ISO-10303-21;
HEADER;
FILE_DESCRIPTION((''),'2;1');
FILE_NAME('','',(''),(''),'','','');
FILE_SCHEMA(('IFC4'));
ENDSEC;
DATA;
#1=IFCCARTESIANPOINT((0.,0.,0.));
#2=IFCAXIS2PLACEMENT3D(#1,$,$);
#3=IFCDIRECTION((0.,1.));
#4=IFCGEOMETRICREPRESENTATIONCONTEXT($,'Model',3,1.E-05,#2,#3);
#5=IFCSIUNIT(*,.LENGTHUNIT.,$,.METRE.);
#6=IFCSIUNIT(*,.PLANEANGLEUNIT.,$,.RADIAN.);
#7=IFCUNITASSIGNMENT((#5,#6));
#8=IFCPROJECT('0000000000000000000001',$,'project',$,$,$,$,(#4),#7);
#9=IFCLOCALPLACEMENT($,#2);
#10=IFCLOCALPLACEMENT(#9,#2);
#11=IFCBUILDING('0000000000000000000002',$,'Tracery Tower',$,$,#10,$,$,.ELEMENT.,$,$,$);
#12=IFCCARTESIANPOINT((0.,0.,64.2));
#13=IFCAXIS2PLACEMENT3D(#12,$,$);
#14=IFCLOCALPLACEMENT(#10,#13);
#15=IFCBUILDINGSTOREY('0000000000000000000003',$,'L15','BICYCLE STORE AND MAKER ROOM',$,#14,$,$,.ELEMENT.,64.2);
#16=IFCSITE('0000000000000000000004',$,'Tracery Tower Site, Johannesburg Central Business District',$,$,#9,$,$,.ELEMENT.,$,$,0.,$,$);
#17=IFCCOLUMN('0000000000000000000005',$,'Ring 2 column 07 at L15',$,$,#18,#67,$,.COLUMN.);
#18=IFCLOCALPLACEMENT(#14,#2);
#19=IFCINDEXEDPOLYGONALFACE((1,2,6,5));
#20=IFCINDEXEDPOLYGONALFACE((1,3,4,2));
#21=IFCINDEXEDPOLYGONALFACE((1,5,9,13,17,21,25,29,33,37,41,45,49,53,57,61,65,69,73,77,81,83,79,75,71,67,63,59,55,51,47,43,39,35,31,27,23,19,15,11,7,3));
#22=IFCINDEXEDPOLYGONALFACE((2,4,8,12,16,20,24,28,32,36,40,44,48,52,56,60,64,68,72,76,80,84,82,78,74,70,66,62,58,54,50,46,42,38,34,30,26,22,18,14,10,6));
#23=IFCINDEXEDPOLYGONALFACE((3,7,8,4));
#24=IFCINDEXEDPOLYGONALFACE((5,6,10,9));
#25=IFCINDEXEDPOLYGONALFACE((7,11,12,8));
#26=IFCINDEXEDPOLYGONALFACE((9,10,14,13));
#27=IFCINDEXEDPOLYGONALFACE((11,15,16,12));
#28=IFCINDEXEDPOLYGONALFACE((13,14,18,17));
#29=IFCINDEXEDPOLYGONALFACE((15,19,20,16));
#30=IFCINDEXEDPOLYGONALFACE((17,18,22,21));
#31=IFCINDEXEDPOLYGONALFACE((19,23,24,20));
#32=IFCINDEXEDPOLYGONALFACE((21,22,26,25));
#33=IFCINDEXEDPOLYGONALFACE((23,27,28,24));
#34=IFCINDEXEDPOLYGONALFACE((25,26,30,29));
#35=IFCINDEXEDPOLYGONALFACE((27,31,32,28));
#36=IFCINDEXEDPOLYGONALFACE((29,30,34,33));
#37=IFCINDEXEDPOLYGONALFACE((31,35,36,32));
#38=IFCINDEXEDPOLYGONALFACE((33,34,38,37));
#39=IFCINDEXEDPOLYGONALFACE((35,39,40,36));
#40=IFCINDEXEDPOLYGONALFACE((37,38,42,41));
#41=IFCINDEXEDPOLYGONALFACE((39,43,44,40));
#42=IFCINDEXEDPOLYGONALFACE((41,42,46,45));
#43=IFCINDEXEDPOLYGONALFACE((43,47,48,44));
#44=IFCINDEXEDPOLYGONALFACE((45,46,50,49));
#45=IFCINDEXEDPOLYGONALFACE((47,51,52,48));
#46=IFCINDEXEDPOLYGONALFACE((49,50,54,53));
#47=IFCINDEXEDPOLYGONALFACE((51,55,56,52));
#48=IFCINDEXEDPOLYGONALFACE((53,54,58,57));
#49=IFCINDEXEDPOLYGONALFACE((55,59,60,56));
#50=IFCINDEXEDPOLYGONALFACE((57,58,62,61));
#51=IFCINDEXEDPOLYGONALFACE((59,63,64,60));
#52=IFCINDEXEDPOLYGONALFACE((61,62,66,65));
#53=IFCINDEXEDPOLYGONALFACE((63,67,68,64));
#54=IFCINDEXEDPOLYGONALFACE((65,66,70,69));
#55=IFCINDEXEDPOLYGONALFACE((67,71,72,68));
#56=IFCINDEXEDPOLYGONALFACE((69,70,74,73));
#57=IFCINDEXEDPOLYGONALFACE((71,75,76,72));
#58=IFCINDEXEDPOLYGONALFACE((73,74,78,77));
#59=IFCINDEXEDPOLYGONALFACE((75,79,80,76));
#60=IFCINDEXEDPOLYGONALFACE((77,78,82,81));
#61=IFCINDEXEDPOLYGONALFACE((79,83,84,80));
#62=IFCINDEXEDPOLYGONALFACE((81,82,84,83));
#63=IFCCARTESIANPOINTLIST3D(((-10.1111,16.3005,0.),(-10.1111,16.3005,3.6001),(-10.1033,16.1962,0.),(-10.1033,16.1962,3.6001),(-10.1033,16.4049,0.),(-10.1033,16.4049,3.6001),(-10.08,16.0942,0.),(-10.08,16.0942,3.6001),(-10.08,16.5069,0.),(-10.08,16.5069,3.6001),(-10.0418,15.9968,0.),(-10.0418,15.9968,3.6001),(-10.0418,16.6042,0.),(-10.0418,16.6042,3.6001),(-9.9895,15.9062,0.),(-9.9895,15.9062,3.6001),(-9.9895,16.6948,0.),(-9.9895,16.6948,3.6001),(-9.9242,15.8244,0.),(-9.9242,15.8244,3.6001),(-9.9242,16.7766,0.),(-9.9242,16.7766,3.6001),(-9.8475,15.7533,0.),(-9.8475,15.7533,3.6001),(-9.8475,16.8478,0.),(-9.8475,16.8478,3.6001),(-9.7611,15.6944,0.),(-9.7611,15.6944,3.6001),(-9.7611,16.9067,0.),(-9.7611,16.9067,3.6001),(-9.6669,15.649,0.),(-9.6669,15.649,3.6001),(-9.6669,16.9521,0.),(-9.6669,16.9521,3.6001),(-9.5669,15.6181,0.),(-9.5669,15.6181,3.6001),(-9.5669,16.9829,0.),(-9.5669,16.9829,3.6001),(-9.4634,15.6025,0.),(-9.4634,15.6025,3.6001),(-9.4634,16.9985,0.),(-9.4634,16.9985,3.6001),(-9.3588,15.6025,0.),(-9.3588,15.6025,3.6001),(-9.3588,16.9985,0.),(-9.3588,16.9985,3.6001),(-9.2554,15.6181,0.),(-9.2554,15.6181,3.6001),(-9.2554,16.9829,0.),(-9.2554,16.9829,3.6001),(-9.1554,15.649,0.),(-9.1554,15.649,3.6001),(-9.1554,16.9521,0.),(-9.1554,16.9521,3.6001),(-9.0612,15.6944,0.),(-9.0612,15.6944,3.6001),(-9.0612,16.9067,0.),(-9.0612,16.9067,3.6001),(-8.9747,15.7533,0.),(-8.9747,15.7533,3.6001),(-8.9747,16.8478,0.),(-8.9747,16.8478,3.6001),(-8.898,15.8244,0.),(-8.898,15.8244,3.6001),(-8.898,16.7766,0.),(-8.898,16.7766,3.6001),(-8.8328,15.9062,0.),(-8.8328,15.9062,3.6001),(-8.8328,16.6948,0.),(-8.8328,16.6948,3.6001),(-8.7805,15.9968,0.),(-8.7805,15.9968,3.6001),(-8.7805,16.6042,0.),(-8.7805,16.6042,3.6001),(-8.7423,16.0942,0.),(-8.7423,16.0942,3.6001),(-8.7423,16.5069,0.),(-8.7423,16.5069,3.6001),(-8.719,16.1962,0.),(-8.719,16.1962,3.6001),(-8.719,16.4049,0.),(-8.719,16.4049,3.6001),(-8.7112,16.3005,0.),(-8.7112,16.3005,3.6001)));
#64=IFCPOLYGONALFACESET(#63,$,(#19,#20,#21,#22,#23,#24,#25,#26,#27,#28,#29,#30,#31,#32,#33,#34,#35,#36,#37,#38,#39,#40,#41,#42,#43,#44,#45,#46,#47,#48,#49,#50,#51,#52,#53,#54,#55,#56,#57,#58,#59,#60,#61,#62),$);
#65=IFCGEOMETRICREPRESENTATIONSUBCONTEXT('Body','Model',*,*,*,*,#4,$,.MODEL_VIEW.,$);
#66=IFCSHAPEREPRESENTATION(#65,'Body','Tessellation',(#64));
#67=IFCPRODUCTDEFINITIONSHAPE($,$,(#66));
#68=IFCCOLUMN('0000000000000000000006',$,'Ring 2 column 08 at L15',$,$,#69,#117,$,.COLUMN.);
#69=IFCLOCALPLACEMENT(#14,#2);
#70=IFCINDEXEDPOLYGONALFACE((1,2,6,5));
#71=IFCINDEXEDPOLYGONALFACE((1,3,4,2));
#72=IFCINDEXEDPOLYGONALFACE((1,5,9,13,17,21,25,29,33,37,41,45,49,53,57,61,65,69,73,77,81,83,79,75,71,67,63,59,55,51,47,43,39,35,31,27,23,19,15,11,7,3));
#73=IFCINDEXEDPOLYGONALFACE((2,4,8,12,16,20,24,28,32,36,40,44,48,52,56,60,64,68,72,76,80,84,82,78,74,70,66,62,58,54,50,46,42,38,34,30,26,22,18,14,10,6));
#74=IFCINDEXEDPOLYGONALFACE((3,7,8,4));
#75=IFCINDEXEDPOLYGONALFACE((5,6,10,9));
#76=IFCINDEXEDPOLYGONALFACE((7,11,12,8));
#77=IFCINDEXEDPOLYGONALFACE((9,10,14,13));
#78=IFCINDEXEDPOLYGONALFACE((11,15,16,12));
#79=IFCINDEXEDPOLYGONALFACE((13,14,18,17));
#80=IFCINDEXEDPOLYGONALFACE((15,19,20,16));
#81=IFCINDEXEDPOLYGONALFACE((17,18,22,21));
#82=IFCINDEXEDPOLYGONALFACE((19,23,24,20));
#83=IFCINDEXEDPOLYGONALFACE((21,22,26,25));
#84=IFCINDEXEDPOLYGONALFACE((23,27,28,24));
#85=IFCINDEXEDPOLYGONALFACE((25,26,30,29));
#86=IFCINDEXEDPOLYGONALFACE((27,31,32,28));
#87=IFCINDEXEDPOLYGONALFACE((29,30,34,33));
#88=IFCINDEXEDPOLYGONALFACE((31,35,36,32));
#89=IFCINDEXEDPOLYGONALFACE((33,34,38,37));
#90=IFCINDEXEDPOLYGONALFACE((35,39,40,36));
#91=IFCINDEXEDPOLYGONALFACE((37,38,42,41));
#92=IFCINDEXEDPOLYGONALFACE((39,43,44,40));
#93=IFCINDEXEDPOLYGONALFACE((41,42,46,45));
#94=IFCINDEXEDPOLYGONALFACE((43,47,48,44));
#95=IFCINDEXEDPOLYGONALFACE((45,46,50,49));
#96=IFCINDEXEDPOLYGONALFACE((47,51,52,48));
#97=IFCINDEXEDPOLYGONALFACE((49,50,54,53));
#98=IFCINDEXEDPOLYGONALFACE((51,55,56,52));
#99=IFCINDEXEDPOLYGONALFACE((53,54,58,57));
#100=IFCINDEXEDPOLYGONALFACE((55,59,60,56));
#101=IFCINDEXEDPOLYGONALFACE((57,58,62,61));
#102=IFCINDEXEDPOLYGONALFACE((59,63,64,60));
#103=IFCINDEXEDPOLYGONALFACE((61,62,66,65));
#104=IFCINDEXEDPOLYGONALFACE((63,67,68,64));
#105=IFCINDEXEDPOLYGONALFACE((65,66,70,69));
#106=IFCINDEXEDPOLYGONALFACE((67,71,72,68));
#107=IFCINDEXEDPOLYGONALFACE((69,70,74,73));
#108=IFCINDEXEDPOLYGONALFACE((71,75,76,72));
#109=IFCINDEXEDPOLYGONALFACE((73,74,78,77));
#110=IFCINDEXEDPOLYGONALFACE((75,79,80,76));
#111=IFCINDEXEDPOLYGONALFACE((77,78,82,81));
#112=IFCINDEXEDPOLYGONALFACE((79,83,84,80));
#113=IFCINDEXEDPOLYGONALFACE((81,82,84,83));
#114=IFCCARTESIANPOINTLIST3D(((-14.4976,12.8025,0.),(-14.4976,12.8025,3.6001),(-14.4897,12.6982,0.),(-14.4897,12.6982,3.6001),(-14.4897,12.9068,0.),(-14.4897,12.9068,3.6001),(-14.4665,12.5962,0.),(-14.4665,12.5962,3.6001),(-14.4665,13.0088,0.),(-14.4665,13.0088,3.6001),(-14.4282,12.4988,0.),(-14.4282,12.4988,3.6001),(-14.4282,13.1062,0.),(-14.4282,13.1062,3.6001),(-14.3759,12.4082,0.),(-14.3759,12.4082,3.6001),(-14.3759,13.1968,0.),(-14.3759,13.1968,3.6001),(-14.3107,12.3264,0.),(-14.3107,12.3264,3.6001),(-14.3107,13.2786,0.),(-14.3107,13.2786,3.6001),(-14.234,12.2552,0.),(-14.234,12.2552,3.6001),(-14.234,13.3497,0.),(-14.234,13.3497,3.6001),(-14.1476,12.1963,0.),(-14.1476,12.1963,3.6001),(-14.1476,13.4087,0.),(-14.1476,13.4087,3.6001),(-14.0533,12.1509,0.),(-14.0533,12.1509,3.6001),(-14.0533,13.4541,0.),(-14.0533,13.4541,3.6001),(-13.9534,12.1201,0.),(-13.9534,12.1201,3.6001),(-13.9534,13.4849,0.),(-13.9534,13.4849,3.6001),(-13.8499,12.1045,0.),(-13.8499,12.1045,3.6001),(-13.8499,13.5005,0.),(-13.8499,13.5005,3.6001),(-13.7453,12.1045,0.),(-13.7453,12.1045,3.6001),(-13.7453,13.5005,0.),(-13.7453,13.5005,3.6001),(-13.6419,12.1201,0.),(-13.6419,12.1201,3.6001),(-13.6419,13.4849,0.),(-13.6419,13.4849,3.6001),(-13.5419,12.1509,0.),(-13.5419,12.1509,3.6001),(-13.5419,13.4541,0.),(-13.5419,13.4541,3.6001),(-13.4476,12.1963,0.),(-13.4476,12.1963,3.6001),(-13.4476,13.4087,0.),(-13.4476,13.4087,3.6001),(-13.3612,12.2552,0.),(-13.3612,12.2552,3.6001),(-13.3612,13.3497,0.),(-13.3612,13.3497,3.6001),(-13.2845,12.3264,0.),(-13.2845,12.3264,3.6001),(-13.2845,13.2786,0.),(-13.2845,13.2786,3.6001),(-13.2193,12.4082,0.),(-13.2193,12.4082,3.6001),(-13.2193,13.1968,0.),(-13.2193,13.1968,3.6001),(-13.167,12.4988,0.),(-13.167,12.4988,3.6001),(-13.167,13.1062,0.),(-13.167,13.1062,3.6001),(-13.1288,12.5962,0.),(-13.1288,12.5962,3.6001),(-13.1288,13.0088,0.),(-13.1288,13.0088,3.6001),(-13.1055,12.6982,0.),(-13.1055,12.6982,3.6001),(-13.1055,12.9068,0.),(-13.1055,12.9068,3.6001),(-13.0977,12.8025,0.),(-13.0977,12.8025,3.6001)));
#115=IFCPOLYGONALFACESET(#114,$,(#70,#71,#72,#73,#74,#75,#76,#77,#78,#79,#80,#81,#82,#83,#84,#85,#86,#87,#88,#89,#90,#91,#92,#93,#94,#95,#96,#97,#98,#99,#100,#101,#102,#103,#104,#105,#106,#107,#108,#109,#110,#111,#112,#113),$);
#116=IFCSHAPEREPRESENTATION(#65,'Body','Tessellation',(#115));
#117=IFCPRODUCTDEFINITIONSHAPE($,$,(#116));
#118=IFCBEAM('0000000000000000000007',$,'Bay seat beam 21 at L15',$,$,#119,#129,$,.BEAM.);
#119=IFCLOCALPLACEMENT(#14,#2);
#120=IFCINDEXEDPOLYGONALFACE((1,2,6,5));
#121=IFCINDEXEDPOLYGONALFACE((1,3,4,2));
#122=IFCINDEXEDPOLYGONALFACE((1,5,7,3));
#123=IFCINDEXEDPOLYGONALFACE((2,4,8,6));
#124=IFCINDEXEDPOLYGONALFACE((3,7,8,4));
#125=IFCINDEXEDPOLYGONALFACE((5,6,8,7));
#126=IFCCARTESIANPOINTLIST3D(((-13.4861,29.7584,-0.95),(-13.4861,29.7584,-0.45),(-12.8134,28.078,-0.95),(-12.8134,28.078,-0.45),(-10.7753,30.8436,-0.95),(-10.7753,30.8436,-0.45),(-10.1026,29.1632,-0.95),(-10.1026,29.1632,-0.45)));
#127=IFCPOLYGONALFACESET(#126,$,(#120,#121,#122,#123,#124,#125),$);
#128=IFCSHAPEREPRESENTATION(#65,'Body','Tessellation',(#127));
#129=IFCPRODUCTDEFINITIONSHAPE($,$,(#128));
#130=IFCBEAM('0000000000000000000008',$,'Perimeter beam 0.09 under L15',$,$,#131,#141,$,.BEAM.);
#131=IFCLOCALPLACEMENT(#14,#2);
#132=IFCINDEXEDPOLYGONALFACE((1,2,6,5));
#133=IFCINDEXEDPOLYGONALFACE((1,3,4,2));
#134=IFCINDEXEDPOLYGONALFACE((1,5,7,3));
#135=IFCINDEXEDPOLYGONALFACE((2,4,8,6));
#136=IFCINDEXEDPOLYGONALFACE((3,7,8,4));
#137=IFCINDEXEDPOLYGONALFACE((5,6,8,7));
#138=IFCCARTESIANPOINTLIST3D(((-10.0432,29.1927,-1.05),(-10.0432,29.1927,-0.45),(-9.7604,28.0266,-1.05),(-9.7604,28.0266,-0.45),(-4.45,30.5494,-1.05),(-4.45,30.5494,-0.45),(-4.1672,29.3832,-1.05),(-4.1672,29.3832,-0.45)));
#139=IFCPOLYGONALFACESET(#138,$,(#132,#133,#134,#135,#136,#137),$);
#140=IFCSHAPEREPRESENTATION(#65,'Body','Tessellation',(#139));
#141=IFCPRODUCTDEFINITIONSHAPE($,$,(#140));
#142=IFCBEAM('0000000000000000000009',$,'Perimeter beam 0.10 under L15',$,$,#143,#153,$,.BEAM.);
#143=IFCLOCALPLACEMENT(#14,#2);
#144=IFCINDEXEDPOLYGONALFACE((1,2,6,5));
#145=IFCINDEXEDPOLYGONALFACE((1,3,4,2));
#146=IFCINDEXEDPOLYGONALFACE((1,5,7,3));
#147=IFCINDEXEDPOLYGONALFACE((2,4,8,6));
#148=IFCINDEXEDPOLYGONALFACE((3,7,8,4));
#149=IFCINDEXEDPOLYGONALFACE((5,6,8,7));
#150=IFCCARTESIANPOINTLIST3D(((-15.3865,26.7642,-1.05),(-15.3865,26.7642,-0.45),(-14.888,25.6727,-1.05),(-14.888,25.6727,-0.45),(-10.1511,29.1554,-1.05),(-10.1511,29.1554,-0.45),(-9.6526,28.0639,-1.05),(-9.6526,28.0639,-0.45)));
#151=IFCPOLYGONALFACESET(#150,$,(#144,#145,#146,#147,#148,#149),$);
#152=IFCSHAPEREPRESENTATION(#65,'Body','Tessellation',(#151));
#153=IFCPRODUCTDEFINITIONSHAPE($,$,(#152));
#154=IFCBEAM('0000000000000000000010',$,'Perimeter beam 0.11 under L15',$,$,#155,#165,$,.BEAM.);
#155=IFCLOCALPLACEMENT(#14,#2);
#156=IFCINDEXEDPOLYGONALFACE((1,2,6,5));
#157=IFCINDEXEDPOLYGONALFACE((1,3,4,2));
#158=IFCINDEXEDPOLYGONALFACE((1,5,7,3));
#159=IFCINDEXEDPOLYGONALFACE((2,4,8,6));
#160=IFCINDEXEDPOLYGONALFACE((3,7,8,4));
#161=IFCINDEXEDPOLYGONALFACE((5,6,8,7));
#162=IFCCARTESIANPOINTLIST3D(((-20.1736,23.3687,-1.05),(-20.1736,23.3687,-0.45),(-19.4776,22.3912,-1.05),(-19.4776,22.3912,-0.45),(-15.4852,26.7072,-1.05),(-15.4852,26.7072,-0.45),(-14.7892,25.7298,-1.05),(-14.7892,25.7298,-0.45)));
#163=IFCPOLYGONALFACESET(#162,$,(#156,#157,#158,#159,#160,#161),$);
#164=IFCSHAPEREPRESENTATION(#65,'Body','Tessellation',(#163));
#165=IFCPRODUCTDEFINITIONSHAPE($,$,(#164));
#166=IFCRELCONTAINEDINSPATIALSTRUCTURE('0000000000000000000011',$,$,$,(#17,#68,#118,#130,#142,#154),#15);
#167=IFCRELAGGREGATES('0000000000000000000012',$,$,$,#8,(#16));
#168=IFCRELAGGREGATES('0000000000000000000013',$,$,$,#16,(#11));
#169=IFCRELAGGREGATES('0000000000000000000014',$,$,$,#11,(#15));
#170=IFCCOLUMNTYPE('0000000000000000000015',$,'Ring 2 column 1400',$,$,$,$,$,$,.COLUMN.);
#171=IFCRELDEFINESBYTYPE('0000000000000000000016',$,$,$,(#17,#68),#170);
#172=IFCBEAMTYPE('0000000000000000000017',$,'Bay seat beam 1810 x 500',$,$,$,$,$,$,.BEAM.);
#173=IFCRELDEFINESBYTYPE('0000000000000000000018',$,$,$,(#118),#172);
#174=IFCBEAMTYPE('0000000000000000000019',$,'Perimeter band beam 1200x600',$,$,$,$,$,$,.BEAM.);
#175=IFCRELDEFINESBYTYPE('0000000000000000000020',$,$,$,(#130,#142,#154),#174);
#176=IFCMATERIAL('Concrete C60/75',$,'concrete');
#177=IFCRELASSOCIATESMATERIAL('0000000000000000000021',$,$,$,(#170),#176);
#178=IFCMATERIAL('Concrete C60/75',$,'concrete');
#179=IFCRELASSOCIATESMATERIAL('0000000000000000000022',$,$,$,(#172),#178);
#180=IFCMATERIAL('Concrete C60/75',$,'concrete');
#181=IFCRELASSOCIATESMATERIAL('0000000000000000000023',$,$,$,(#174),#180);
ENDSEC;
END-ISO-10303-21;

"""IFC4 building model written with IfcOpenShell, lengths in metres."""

from ifc_helpers import new_model, si_unit, direction, frame, origin, origin_2d, place, context, subcontext, project, spatial, rectangle, circle, extrude, material, material_profile, profile_set, type_object, element, save


model = new_model("IFC4")

# Units and contexts
model_context = context("Model", 3, precision=1e-05, world=origin(), true_north=direction((0.0, 1.0)))
body_context = subcontext(model_context, "Body", "Model", "MODEL_VIEW")
ifc_project = project(units=[si_unit("LENGTHUNIT", "METRE"), si_unit("PLANEANGLEUNIT", "RADIAN")], contexts=[model_context])

# Site, building, storey
site_placement = place(None, origin())
site = spatial("IfcSite", under=ifc_project, at=site_placement, Name="Tracery Tower Site, Johannesburg Central Business District", CompositionType="ELEMENT", RefElevation=0.0)
building_placement = place(site_placement, origin())
building = spatial("IfcBuilding", under=site, at=building_placement, Name="Tracery Tower", CompositionType="ELEMENT")
storey_placement = place(building_placement, frame((0.0, 0.0, 64.2)))
storey = spatial("IfcBuildingStorey", under=building, at=storey_placement, Name="L15", Description="BICYCLE STORE AND MAKER ROOM", CompositionType="ELEMENT", Elevation=64.2)

# Columns
ifc_material_1 = material(Name="Concrete C60/75", Category="concrete")
ifc_material_profile_1 = material_profile(ifc_material_1, circle(Radius=0.7, at=origin_2d()), Name="RC D1400")
ifc_profile_set_1 = profile_set([ifc_material_profile_1], Name="Concrete C60/75")
column_type_1 = type_object("IfcColumnType", Name="Ring 2 column 1400", PredefinedType="COLUMN", material=ifc_profile_set_1)
for number, where, z_axis, x_axis, name in (
    (1, (-9.4111, 16.3005, 0.0), (0.0, 0.0, 1.0), (1.0, 0.0, 0.0), "Ring 2 column 07 at L15"),
    (2, (-13.7976, 12.8025, 0.0), (0.0, 0.0, 1.0), (1.0, 0.0, 0.0), "Ring 2 column 08 at L15"),
):
    element("IfcColumn", number, at=place(storey_placement, frame(where, z_axis=z_axis, x_axis=x_axis)), inside=storey, type_object=column_type_1, Name=name, PredefinedType="COLUMN", context=body_context, shape_type="SweptSolid", body=[
        extrude(circle(Radius=0.7, at=origin_2d()), origin(), (0.0, 0.0, 1.0), 3.6001),
    ])

# Beams
ifc_material_2 = material(Name="Concrete C60/75", Category="concrete")
ifc_material_profile_2 = material_profile(ifc_material_2, rectangle(XDim=1.8101, YDim=0.5, at=origin_2d()), Name="RC 1810x500")
ifc_profile_set_2 = profile_set([ifc_material_profile_2], Name="Concrete C60/75")
beam_type_1 = type_object("IfcBeamType", Name="Bay seat beam 1810 x 500", PredefinedType="BEAM", material=ifc_profile_set_2)
beam_1_placement = place(storey_placement, frame((-10.439, 30.0034, -0.7), z_axis=(-0.928367, -0.371665, 0.0), x_axis=(0.371665, -0.928367, 0.0)))
element("IfcBeam", 3, at=beam_1_placement, inside=storey, type_object=beam_type_1, Name="Bay seat beam 21 at L15", PredefinedType="BEAM", context=body_context, shape_type="SweptSolid", body=[
    extrude(rectangle(XDim=1.8101, YDim=0.5, at=origin_2d()), origin(), (0.0, 0.0, 1.0), 2.9199),
])
ifc_material_3 = material(Name="Concrete C60/75", Category="concrete")
ifc_material_profile_3 = material_profile(ifc_material_3, rectangle(XDim=1.2, YDim=0.6001, at=origin_2d()), Name="RC 1200x600")
ifc_profile_set_3 = profile_set([ifc_material_profile_3], Name="Concrete C60/75")
beam_type_2 = type_object("IfcBeamType", Name="Perimeter band beam 1200x600", PredefinedType="BEAM", material=ifc_profile_set_3)
beam_2_placement = place(storey_placement, frame((-4.3086, 29.9663, -0.75), z_axis=(-0.97182, -0.235723, 0.0), x_axis=(0.235723, -0.97182, 0.0)))
element("IfcBeam", 4, at=beam_2_placement, inside=storey, type_object=beam_type_2, Name="Perimeter beam 0.09 under L15", PredefinedType="BEAM", context=body_context, shape_type="SweptSolid", body=[
    extrude(rectangle(XDim=1.2, YDim=0.6001, at=origin_2d()), origin(), (0.0, 0.0, 1.0), 5.7554),
])
for number, where, z_axis, x_axis, name in (
    (5, (-9.9019, 28.6096, -0.75), (-0.909618, -0.415445, 0.0), (0.415445, -0.909618, 0.0), "Perimeter beam 0.10 under L15"),
    (6, (-15.1372, 26.2185, -0.75), (-0.814578, -0.580054, 0.0), (0.580054, -0.814578, 0.0), "Perimeter beam 0.11 under L15"),
):
    element("IfcBeam", number, at=place(storey_placement, frame(where, z_axis=z_axis, x_axis=x_axis)), inside=storey, type_object=beam_type_2, Name=name, PredefinedType="BEAM", context=body_context, shape_type="SweptSolid", body=[
        extrude(rectangle(XDim=1.2, YDim=0.6001, at=origin_2d()), origin(), (0.0, 0.0, 1.0), 5.7556),
    ])

save(model, "model.ifc")
